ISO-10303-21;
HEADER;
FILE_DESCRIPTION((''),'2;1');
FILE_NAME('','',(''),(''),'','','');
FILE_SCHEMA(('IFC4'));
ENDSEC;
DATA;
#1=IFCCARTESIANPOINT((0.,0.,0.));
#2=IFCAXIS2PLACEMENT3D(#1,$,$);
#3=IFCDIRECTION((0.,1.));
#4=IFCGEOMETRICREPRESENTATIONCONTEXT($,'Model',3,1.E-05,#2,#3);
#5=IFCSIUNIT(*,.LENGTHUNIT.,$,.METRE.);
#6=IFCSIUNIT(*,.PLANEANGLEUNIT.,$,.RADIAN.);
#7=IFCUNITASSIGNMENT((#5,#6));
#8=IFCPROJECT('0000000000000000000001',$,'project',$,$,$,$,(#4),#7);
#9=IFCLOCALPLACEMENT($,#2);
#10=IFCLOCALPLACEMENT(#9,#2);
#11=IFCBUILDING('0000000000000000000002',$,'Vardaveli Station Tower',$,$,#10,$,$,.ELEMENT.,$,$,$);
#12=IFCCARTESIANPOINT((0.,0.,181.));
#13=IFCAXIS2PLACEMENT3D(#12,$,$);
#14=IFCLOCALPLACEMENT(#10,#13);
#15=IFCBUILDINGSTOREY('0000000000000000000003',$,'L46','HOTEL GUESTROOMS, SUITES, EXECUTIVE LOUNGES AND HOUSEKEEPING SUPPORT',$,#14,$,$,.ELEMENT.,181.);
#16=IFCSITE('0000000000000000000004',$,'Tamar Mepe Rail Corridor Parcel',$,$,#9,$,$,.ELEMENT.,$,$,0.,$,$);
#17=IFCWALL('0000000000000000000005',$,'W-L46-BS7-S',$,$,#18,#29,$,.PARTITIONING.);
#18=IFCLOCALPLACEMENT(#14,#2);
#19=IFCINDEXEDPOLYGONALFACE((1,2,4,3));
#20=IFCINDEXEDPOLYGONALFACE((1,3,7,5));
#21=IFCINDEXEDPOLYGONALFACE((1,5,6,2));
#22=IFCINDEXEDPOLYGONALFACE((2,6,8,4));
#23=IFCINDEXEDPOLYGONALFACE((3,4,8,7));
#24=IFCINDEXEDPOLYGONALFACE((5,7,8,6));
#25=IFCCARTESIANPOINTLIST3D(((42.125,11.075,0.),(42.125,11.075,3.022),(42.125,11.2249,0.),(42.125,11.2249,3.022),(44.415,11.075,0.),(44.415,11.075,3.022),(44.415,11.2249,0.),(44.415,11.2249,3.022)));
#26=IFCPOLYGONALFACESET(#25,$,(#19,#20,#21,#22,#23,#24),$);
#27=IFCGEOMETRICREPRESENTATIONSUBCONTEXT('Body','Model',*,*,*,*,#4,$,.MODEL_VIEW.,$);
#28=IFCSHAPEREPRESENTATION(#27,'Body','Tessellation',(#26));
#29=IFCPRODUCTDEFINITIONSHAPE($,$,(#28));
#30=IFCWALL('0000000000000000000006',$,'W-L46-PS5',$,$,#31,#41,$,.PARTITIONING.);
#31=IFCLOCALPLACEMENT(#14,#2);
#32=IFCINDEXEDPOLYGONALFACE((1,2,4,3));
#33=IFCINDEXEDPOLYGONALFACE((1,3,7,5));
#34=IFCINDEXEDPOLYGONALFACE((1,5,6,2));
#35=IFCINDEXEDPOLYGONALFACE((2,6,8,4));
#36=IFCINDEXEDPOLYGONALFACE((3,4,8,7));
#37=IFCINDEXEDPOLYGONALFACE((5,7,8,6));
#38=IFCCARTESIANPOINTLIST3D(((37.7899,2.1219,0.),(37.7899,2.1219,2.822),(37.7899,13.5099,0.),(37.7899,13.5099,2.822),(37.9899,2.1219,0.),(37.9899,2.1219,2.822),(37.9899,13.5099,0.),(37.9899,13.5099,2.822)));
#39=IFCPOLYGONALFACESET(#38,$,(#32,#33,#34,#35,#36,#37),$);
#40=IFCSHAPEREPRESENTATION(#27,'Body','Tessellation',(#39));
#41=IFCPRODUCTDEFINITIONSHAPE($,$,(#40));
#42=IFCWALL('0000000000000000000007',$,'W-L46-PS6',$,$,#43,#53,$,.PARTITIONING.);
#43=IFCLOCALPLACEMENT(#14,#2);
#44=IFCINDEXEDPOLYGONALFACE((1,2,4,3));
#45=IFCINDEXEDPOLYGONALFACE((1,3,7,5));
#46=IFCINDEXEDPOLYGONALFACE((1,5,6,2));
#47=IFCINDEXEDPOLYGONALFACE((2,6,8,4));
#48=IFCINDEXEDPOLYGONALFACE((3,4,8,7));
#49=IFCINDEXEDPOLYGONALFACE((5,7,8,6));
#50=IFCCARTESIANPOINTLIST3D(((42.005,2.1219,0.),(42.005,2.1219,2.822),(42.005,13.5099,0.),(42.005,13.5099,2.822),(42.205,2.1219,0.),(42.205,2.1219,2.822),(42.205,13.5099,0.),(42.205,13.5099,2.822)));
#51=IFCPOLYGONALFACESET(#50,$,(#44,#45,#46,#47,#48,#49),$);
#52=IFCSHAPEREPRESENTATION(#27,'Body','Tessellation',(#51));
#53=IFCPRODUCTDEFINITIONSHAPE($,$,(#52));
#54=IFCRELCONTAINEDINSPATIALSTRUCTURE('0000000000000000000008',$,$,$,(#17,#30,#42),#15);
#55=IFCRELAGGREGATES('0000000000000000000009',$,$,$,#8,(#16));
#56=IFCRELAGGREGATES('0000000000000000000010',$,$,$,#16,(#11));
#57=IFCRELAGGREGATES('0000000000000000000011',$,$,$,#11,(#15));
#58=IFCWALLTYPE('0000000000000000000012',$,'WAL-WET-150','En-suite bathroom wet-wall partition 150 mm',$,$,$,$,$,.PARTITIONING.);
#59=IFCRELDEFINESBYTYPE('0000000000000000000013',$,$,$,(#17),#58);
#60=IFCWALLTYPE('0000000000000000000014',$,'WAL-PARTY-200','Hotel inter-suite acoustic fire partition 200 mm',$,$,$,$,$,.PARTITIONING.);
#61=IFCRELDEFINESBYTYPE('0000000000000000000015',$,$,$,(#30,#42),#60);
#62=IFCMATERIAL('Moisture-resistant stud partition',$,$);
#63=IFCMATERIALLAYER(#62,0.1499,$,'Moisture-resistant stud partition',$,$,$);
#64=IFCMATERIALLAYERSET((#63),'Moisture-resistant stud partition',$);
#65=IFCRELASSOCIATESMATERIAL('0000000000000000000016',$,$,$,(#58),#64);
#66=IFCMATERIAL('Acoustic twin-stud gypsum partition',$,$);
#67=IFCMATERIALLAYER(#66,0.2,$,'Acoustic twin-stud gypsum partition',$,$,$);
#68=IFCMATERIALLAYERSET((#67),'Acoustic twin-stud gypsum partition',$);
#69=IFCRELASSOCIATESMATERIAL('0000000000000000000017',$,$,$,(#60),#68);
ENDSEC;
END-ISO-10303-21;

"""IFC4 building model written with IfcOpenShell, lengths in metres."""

from ifc_helpers import new_model, si_unit, direction, frame, frame_2d, origin, place, context, subcontext, project, spatial, rectangle, extrude, source, transform, mapped, material, layer, layer_set, type_object, element, save


model = new_model("IFC4")

# Units and contexts
model_context = context("Model", 3, precision=1e-05, world=origin(), true_north=direction((0.0, 1.0)))
body_context = subcontext(model_context, "Body", "Model", "MODEL_VIEW")
ifc_project = project(units=[si_unit("LENGTHUNIT", "METRE"), si_unit("PLANEANGLEUNIT", "RADIAN")], contexts=[model_context])

# Site, building, storey
site_placement = place(None, origin())
site = spatial("IfcSite", under=ifc_project, at=site_placement, Name="Tamar Mepe Rail Corridor Parcel", CompositionType="ELEMENT", RefElevation=0.0)
building_placement = place(site_placement, origin())
building = spatial("IfcBuilding", under=site, at=building_placement, Name="Vardaveli Station Tower", CompositionType="ELEMENT")
storey_placement = place(building_placement, frame((0.0, 0.0, 181.0)))
storey = spatial("IfcBuildingStorey", under=building, at=storey_placement, Name="L46", Description="HOTEL GUESTROOMS, SUITES, EXECUTIVE LOUNGES AND HOUSEKEEPING SUPPORT", CompositionType="ELEMENT", Elevation=181.0)

# Shared definitions
ifc_material_1 = material(Name="Moisture-resistant stud partition")
ifc_layer_1 = layer(ifc_material_1, 0.1499, Name="Moisture-resistant stud partition")
ifc_layer_set_1 = layer_set([ifc_layer_1], Name="Moisture-resistant stud partition")
wall_type_1 = type_object("IfcWallType", Name="WAL-WET-150", Description="En-suite bathroom wet-wall partition 150 mm", PredefinedType="PARTITIONING", material=ifc_layer_set_1)

# Walls
shared_shape_1 = source(origin(), body_context, "Body", "SweptSolid", [
    extrude(rectangle(XDim=2.29, YDim=0.1499, at=frame_2d((1.145, 0.0))), origin(), (0.0, 0.0, 1.0), 3.022),
])
wall_1_placement = place(storey_placement, frame((42.125, 11.1499, 0.0), z_axis=(0.0, 0.0, 1.0), x_axis=(1.0, 0.0, 0.0)))
element("IfcWall", 1, at=wall_1_placement, inside=storey, type_object=wall_type_1, Name="W-L46-BS7-S", PredefinedType="PARTITIONING", context=body_context, shape_type="MappedRepresentation", body=[
    mapped(shared_shape_1, transform((0.0, 0.0, 0.0), scale=1.0)),
])
ifc_material_2 = material(Name="Acoustic twin-stud gypsum partition")
ifc_layer_2 = layer(ifc_material_2, 0.2, Name="Acoustic twin-stud gypsum partition")
ifc_layer_set_2 = layer_set([ifc_layer_2], Name="Acoustic twin-stud gypsum partition")
wall_type_2 = type_object("IfcWallType", Name="WAL-PARTY-200", Description="Hotel inter-suite acoustic fire partition 200 mm", PredefinedType="PARTITIONING", material=ifc_layer_set_2)
shared_shape_2 = source(origin(), body_context, "Body", "SweptSolid", [
    extrude(rectangle(XDim=11.3879, YDim=0.2, at=frame_2d((5.6938, 0.0))), origin(), (0.0, 0.0, 1.0), 2.822),
])
for number, where, z_axis, x_axis, name in (
    (2, (37.8899, 2.1221, 0.0), (0.0, 0.0, 1.0), (0.0, 1.0, 0.0), "W-L46-PS5"),
    (3, (42.105, 2.1221, 0.0), (0.0, 0.0, 1.0), (0.0, 1.0, 0.0), "W-L46-PS6"),
):
    element("IfcWall", number, at=place(storey_placement, frame(where, z_axis=z_axis, x_axis=x_axis)), inside=storey, type_object=wall_type_2, Name=name, PredefinedType="PARTITIONING", context=body_context, shape_type="MappedRepresentation", body=[
        mapped(shared_shape_2, transform((0.0, 0.0, 0.0), scale=1.0)),
    ])

save(model, "model.ifc")
